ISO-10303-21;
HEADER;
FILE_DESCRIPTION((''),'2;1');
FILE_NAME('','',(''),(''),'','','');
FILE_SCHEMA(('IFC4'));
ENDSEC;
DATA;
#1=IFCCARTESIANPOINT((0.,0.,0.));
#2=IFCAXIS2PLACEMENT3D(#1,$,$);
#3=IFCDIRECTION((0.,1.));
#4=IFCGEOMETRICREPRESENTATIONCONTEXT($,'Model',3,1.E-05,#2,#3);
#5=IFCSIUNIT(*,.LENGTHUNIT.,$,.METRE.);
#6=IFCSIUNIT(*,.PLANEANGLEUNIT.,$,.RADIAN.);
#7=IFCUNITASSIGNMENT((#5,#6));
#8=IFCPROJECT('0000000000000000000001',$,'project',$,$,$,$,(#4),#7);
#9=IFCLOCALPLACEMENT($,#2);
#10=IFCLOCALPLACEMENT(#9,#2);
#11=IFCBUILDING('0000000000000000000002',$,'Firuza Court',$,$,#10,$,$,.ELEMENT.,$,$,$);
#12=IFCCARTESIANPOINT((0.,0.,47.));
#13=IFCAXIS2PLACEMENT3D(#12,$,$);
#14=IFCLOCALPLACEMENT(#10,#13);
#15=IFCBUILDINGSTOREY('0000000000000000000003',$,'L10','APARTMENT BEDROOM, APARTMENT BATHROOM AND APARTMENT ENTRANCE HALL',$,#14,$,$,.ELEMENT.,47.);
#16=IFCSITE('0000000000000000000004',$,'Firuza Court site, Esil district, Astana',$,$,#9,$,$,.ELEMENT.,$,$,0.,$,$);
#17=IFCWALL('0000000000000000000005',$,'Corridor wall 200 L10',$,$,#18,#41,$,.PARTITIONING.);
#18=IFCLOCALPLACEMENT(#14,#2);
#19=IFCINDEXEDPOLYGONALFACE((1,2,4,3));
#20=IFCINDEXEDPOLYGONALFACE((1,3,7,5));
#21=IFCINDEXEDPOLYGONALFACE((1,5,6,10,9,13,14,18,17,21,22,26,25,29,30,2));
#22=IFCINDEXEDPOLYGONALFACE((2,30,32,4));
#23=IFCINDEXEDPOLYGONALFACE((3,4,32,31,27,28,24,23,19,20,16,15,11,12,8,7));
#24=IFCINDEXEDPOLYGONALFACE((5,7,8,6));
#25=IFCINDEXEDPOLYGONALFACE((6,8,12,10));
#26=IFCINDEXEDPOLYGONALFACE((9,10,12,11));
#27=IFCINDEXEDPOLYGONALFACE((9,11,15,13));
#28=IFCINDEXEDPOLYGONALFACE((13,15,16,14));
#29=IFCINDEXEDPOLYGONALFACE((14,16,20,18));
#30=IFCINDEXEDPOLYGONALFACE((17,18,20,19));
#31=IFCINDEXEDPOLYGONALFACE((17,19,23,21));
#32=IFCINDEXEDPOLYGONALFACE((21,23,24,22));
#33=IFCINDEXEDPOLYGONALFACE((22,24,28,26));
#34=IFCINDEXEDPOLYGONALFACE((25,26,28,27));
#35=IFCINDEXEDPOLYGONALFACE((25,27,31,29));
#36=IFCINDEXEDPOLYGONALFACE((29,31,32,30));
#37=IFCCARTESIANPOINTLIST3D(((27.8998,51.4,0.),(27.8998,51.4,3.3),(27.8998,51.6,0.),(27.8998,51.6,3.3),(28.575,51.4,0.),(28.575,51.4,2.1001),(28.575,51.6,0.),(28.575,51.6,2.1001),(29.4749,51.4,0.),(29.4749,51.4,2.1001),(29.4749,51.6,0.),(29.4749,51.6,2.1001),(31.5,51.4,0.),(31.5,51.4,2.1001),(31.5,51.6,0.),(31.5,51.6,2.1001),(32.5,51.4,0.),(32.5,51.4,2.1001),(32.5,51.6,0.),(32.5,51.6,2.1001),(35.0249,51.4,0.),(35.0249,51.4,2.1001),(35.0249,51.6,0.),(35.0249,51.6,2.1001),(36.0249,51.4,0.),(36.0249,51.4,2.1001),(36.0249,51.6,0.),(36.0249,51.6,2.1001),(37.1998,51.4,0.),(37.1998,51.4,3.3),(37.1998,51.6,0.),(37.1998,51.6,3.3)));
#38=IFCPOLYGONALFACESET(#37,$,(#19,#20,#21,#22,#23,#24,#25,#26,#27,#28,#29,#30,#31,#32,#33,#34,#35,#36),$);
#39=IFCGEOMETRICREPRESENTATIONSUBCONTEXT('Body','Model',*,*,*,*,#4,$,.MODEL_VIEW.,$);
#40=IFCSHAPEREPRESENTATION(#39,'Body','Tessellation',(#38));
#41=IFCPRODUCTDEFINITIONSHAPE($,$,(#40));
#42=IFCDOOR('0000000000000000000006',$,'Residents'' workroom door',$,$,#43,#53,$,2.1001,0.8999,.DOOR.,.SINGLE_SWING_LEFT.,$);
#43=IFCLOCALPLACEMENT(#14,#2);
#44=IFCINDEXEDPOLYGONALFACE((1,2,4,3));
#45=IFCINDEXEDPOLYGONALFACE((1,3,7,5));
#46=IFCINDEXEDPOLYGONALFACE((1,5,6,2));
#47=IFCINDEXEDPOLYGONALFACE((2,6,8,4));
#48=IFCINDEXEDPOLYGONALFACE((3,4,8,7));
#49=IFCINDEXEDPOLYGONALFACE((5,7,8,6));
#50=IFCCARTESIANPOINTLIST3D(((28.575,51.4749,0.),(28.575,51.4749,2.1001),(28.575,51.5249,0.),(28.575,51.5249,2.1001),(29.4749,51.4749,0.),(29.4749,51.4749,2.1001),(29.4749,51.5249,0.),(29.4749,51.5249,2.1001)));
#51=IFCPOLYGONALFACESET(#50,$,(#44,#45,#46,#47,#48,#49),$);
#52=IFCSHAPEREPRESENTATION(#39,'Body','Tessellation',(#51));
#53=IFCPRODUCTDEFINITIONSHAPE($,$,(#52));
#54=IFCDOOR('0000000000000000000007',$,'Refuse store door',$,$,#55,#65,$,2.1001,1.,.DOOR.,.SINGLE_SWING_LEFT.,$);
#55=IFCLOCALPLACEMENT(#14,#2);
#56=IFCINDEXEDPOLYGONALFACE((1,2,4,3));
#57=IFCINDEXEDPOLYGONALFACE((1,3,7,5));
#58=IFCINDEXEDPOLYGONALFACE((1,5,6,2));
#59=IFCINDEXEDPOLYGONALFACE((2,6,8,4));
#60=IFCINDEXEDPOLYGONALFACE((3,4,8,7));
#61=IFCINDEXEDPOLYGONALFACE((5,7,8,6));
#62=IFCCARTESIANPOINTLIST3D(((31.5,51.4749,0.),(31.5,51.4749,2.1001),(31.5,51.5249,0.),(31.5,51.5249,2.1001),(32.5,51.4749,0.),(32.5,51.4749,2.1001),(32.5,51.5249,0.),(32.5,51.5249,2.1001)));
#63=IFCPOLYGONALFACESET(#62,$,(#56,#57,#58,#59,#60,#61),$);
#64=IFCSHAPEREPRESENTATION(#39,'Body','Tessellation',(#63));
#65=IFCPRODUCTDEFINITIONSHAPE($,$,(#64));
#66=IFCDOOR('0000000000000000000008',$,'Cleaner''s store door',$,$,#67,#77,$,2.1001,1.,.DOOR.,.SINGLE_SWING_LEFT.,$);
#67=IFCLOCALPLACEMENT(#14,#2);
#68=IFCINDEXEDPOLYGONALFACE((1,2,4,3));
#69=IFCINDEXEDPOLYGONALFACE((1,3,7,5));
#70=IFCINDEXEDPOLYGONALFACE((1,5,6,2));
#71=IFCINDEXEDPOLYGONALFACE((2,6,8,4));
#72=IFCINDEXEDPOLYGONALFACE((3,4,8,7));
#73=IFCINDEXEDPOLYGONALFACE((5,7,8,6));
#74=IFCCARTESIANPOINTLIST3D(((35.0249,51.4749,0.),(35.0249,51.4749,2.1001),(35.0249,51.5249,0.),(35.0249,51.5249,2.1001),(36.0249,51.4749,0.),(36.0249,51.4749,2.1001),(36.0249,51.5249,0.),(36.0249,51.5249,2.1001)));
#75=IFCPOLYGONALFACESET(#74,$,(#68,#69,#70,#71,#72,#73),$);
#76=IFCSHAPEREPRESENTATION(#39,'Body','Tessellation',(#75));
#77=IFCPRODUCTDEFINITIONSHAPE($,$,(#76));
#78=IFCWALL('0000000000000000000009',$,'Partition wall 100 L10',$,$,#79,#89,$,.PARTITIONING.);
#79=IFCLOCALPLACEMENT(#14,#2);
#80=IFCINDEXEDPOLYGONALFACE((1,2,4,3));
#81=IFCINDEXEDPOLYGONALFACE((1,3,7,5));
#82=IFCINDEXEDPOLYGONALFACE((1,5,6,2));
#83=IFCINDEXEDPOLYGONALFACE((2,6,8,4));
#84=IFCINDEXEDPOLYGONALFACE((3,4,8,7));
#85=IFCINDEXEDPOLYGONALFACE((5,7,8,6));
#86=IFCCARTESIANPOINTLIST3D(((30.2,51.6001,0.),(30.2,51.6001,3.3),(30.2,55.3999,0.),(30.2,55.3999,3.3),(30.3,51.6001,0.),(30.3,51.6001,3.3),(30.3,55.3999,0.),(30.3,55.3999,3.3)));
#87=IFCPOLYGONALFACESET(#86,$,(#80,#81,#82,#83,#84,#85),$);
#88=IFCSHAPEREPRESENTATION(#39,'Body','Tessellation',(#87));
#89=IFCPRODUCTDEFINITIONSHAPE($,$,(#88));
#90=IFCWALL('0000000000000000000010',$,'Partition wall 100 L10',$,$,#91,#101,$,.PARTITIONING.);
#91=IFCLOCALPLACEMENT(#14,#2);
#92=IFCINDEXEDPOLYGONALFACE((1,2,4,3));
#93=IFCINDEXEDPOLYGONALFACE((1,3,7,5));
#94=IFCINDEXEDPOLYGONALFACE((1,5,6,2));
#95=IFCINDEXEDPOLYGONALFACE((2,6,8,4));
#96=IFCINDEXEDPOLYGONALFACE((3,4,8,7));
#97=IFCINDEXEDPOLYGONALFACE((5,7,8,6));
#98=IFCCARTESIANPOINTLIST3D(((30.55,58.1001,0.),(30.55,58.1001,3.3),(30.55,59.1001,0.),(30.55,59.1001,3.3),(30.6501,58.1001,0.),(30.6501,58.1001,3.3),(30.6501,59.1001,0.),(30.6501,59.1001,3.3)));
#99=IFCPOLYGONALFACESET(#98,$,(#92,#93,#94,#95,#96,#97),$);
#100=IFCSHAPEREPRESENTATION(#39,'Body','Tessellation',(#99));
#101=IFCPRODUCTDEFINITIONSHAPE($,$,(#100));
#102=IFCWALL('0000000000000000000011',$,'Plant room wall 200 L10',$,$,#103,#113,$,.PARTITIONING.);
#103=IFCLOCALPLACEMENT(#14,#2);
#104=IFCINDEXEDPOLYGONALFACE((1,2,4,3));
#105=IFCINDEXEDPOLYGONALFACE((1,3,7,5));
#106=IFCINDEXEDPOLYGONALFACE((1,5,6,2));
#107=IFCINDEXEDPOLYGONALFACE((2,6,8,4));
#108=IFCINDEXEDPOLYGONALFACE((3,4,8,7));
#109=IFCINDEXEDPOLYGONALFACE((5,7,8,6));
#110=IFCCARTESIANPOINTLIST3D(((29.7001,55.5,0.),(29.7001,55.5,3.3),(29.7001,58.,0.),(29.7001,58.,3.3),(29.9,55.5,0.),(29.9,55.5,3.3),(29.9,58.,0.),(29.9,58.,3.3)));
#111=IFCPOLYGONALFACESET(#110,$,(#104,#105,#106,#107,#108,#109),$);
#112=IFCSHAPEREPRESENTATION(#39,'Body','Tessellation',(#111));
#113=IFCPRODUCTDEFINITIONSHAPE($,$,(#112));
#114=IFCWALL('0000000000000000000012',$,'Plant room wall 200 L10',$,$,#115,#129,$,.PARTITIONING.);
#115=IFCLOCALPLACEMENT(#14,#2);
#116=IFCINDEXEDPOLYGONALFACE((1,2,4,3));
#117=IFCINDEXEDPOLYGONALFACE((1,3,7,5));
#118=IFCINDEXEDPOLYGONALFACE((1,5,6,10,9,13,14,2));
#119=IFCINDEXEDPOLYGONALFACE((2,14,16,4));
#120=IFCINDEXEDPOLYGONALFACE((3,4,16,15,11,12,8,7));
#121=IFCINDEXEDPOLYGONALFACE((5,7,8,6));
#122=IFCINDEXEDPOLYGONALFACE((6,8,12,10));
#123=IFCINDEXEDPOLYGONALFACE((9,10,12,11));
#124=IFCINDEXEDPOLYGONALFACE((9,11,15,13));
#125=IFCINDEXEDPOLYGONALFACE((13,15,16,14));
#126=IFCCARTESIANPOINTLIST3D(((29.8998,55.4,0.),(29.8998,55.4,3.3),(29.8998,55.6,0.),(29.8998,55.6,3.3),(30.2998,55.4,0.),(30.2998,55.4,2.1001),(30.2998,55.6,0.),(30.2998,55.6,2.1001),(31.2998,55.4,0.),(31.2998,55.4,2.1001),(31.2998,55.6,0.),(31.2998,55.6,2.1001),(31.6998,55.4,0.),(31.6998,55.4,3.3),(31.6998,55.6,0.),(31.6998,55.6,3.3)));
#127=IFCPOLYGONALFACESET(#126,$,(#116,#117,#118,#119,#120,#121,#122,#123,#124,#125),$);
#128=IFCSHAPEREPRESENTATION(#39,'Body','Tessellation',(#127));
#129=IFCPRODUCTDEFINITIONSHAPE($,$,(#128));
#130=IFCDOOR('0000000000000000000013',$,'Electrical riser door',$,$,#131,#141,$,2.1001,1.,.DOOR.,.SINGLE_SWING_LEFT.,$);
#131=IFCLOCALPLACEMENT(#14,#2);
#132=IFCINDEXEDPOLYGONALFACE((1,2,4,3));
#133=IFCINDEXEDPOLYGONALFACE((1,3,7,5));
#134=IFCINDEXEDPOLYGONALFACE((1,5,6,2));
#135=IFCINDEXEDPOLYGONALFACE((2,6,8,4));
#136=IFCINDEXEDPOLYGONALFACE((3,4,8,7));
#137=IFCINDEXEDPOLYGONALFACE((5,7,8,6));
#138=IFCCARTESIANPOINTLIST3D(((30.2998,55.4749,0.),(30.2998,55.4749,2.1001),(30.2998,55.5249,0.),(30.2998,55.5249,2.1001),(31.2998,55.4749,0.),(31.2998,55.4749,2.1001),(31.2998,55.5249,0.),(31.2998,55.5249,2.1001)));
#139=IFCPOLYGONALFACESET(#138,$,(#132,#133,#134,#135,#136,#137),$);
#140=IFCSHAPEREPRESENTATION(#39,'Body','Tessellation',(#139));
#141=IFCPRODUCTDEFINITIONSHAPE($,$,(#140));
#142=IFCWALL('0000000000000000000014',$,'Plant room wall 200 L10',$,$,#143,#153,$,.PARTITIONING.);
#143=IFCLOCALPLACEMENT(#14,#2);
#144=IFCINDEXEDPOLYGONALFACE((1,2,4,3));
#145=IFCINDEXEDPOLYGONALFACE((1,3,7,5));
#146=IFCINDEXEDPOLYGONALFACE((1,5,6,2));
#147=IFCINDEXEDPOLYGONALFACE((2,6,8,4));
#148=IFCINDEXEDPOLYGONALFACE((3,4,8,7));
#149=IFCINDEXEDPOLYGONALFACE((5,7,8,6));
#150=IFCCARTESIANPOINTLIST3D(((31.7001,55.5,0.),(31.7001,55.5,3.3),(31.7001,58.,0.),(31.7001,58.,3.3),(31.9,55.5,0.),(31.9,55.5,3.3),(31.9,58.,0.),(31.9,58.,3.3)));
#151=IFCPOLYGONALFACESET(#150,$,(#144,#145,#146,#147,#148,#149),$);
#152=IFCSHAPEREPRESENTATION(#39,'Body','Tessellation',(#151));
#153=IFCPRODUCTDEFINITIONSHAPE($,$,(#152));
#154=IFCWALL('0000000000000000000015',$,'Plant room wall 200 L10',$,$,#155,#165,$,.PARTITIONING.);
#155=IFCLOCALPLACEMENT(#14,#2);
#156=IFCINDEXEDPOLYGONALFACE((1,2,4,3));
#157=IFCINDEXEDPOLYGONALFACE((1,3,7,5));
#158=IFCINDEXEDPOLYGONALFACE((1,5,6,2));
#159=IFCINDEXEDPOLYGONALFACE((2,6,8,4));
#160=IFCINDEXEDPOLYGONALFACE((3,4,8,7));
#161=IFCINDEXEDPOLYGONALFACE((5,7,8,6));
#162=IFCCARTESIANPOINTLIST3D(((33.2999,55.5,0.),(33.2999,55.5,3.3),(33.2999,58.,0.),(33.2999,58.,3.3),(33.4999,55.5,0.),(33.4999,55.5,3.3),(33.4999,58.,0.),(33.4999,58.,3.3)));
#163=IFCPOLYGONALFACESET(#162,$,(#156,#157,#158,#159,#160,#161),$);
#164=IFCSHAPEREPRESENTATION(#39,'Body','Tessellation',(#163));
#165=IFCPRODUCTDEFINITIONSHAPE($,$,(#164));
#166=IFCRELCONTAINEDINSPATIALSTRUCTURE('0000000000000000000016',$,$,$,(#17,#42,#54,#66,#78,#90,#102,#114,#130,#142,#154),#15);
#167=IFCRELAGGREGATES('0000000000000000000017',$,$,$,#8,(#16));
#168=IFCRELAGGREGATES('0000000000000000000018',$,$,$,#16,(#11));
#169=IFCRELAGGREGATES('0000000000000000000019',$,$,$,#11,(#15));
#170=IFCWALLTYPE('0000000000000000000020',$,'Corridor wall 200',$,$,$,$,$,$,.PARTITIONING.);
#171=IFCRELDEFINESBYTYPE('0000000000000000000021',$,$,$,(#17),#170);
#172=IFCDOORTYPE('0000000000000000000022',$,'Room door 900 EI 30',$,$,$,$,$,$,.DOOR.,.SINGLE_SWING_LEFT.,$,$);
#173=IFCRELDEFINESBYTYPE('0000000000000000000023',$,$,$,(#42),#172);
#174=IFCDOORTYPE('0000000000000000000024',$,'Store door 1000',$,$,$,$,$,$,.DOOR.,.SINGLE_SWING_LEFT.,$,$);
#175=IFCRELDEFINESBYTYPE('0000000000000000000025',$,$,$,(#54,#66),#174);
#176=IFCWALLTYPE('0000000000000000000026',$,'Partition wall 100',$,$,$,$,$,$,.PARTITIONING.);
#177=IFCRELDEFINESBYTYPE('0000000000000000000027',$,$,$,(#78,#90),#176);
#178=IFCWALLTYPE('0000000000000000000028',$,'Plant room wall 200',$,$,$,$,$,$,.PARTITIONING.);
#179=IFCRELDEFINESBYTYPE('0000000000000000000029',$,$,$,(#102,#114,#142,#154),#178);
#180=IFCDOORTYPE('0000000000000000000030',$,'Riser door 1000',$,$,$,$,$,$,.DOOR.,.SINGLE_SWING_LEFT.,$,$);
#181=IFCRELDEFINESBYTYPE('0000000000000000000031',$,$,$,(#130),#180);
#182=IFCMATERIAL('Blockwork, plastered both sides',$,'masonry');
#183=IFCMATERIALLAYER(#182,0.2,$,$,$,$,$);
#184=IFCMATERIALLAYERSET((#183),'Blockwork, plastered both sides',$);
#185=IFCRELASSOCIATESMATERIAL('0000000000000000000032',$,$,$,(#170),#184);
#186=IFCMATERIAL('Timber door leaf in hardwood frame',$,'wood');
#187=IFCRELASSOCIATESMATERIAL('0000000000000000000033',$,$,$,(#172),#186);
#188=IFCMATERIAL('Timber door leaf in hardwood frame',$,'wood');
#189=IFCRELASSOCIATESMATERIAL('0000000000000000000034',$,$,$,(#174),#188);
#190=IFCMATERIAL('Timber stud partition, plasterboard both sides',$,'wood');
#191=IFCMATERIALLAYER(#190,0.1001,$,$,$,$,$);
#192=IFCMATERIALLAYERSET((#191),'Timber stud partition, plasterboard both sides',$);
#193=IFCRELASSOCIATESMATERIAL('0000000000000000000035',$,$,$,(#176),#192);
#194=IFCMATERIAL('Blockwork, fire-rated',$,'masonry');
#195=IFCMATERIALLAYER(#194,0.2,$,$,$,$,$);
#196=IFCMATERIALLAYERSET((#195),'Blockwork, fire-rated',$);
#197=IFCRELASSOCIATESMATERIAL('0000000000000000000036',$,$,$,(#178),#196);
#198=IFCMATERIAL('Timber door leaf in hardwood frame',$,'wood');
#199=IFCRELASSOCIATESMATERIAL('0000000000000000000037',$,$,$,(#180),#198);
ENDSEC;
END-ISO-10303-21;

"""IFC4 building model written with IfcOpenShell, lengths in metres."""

from ifc_helpers import new_model, si_unit, direction, frame, frame_2d, origin, place, context, subcontext, project, spatial, rectangle, extrude, material, layer, layer_set, type_object, element, fill, save


model = new_model("IFC4")

# Units and contexts
model_context = context("Model", 3, precision=1e-05, world=origin(), true_north=direction((0.0, 1.0)))
body_context = subcontext(model_context, "Body", "Model", "MODEL_VIEW")
ifc_project = project(units=[si_unit("LENGTHUNIT", "METRE"), si_unit("PLANEANGLEUNIT", "RADIAN")], contexts=[model_context])

# Site, building, storey
site_placement = place(None, origin())
site = spatial("IfcSite", under=ifc_project, at=site_placement, Name="Firuza Court site, Esil district, Astana", CompositionType="ELEMENT", RefElevation=0.0)
building_placement = place(site_placement, origin())
building = spatial("IfcBuilding", under=site, at=building_placement, Name="Firuza Court", CompositionType="ELEMENT")
storey_placement = place(building_placement, frame((0.0, 0.0, 47.0)))
storey = spatial("IfcBuildingStorey", under=building, at=storey_placement, Name="L10", Description="APARTMENT BEDROOM, APARTMENT BATHROOM AND APARTMENT ENTRANCE HALL", CompositionType="ELEMENT", Elevation=47.0)

# Wall, openings, doors
ifc_material_1 = material(Name="Blockwork, plastered both sides", Category="masonry")
ifc_layer_1 = layer(ifc_material_1, 0.2)
ifc_layer_set_1 = layer_set([ifc_layer_1], Name="Blockwork, plastered both sides")
wall_type_1 = type_object("IfcWallType", Name="Corridor wall 200", PredefinedType="PARTITIONING", material=ifc_layer_set_1)
wall_1_placement = place(storey_placement, frame((27.8999, 51.5, 0.0), z_axis=(0.0, 0.0, 1.0), x_axis=(1.0, 0.0, 0.0)))
wall_1 = element("IfcWall", 1, at=wall_1_placement, inside=storey, type_object=wall_type_1, Name="Corridor wall 200 L10", PredefinedType="PARTITIONING", context=body_context, shape_type="SweptSolid", body=[
    extrude(rectangle(XDim=9.3, YDim=0.2, at=frame_2d((4.6499, 0.0))), origin(), (0.0, 0.0, 1.0), 3.3),
])
opening_1_placement = place(wall_1_placement, frame((0.675, 0.0, 0.0)))
opening_1 = element("IfcOpeningElement", 2, at=opening_1_placement, cuts=wall_1, PredefinedType="OPENING", context=body_context, shape_type="SweptSolid", body=[
    extrude(rectangle(XDim=0.8999, YDim=2.1001, at=frame_2d((0.45, 1.05))), frame((0.0, 0.1118, 0.0), z_axis=(0.0, -1.0, 0.0), x_axis=(1.0, 0.0, 0.0)), (0.0, 0.0, 1.0), 0.2239),
])
opening_2_placement = place(wall_1_placement, frame((3.6001, 0.0, 0.0)))
opening_2 = element("IfcOpeningElement", 3, at=opening_2_placement, cuts=wall_1, PredefinedType="OPENING", context=body_context, shape_type="SweptSolid", body=[
    extrude(rectangle(XDim=1.0, YDim=2.1001, at=frame_2d((0.5, 1.05))), frame((0.0, 0.1118, 0.0), z_axis=(0.0, -1.0, 0.0), x_axis=(1.0, 0.0, 0.0)), (0.0, 0.0, 1.0), 0.2239),
])
opening_3_placement = place(wall_1_placement, frame((7.125, 0.0, 0.0)))
opening_3 = element("IfcOpeningElement", 4, at=opening_3_placement, cuts=wall_1, PredefinedType="OPENING", context=body_context, shape_type="SweptSolid", body=[
    extrude(rectangle(XDim=1.0, YDim=2.1001, at=frame_2d((0.5, 1.05))), frame((0.0, 0.1118, 0.0), z_axis=(0.0, -1.0, 0.0), x_axis=(1.0, 0.0, 0.0)), (0.0, 0.0, 1.0), 0.2239),
])
ifc_material_2 = material(Name="Timber door leaf in hardwood frame", Category="wood")
door_type_1 = type_object("IfcDoorType", Name="Room door 900 EI 30", OperationType="SINGLE_SWING_LEFT", PredefinedType="DOOR", material=ifc_material_2)
door_1_placement = place(opening_1_placement, origin())
door_1 = element("IfcDoor", 5, at=door_1_placement, inside=storey, type_object=door_type_1, Name="Residents' workroom door", OperationType="SINGLE_SWING_LEFT", OverallHeight=2.1001, OverallWidth=0.8999, PredefinedType="DOOR", context=body_context, shape_type="SweptSolid", body=[
    extrude(rectangle(XDim=0.8999, YDim=2.1001, at=frame_2d((0.45, 1.05))), frame((0.0, 0.0249, 0.0), z_axis=(0.0, -1.0, 0.0), x_axis=(1.0, 0.0, 0.0)), (0.0, 0.0, 1.0), 0.05),
])
fill(opening_1, door_1)
ifc_material_3 = material(Name="Timber door leaf in hardwood frame", Category="wood")
door_type_2 = type_object("IfcDoorType", Name="Store door 1000", OperationType="SINGLE_SWING_LEFT", PredefinedType="DOOR", material=ifc_material_3)
door_2_placement = place(opening_2_placement, origin())
door_2 = element("IfcDoor", 6, at=door_2_placement, inside=storey, type_object=door_type_2, Name="Refuse store door", OperationType="SINGLE_SWING_LEFT", OverallHeight=2.1001, OverallWidth=1.0, PredefinedType="DOOR", context=body_context, shape_type="SweptSolid", body=[
    extrude(rectangle(XDim=1.0, YDim=2.1001, at=frame_2d((0.5, 1.05))), frame((0.0, 0.0249, 0.0), z_axis=(0.0, -1.0, 0.0), x_axis=(1.0, 0.0, 0.0)), (0.0, 0.0, 1.0), 0.05),
])
fill(opening_2, door_2)
door_3_placement = place(opening_3_placement, origin())
door_3 = element("IfcDoor", 7, at=door_3_placement, inside=storey, type_object=door_type_2, Name="Cleaner's store door", OperationType="SINGLE_SWING_LEFT", OverallHeight=2.1001, OverallWidth=1.0, PredefinedType="DOOR", context=body_context, shape_type="SweptSolid", body=[
    extrude(rectangle(XDim=1.0, YDim=2.1001, at=frame_2d((0.5, 1.05))), frame((0.0, 0.0249, 0.0), z_axis=(0.0, -1.0, 0.0), x_axis=(1.0, 0.0, 0.0)), (0.0, 0.0, 1.0), 0.05),
])
fill(opening_3, door_3)

# Walls
ifc_material_4 = material(Name="Timber stud partition, plasterboard both sides", Category="wood")
ifc_layer_2 = layer(ifc_material_4, 0.1001)
ifc_layer_set_2 = layer_set([ifc_layer_2], Name="Timber stud partition, plasterboard both sides")
wall_type_2 = type_object("IfcWallType", Name="Partition wall 100", PredefinedType="PARTITIONING", material=ifc_layer_set_2)
wall_2_placement = place(storey_placement, frame((30.25, 51.6001, 0.0), z_axis=(0.0, 0.0, 1.0), x_axis=(0.0, 1.0, 0.0)))
element("IfcWall", 8, at=wall_2_placement, inside=storey, type_object=wall_type_2, Name="Partition wall 100 L10", PredefinedType="PARTITIONING", context=body_context, shape_type="SweptSolid", body=[
    extrude(rectangle(XDim=3.7998, YDim=0.1001, at=frame_2d((1.8999, 0.0))), origin(), (0.0, 0.0, 1.0), 3.3),
])
wall_3_placement = place(storey_placement, frame((30.6001, 58.1001, 0.0), z_axis=(0.0, 0.0, 1.0), x_axis=(0.0, 1.0, 0.0)))
element("IfcWall", 9, at=wall_3_placement, inside=storey, type_object=wall_type_2, Name="Partition wall 100 L10", PredefinedType="PARTITIONING", context=body_context, shape_type="SweptSolid", body=[
    extrude(rectangle(XDim=1.0, YDim=0.1001, at=frame_2d((0.5, 0.0))), origin(), (0.0, 0.0, 1.0), 3.3),
])
ifc_material_5 = material(Name="Blockwork, fire-rated", Category="masonry")
ifc_layer_3 = layer(ifc_material_5, 0.2)
ifc_layer_set_3 = layer_set([ifc_layer_3], Name="Blockwork, fire-rated")
wall_type_3 = type_object("IfcWallType", Name="Plant room wall 200", PredefinedType="PARTITIONING", material=ifc_layer_set_3)
wall_4_placement = place(storey_placement, frame((29.8, 55.5, 0.0), z_axis=(0.0, 0.0, 1.0), x_axis=(0.0, 1.0, 0.0)))
element("IfcWall", 10, at=wall_4_placement, inside=storey, type_object=wall_type_3, Name="Plant room wall 200 L10", PredefinedType="PARTITIONING", context=body_context, shape_type="SweptSolid", body=[
    extrude(rectangle(XDim=2.5, YDim=0.2, at=frame_2d((1.25, 0.0))), origin(), (0.0, 0.0, 1.0), 3.3),
])

# Wall, opening, door
wall_5_placement = place(storey_placement, frame((29.8999, 55.5, 0.0), z_axis=(0.0, 0.0, 1.0), x_axis=(1.0, 0.0, 0.0)))
wall_5 = element("IfcWall", 11, at=wall_5_placement, inside=storey, type_object=wall_type_3, Name="Plant room wall 200 L10", PredefinedType="PARTITIONING", context=body_context, shape_type="SweptSolid", body=[
    extrude(rectangle(XDim=1.8, YDim=0.2, at=frame_2d((0.8999, 0.0))), origin(), (0.0, 0.0, 1.0), 3.3),
])
opening_4_placement = place(wall_5_placement, frame((0.3999, 0.0, 0.0)))
opening_4 = element("IfcOpeningElement", 12, at=opening_4_placement, cuts=wall_5, PredefinedType="OPENING", context=body_context, shape_type="SweptSolid", body=[
    extrude(rectangle(XDim=1.0, YDim=2.1001, at=frame_2d((0.5, 1.05))), frame((0.0, 0.1118, 0.0), z_axis=(0.0, -1.0, 0.0), x_axis=(1.0, 0.0, 0.0)), (0.0, 0.0, 1.0), 0.2239),
])
ifc_material_6 = material(Name="Timber door leaf in hardwood frame", Category="wood")
door_type_3 = type_object("IfcDoorType", Name="Riser door 1000", OperationType="SINGLE_SWING_LEFT", PredefinedType="DOOR", material=ifc_material_6)
door_4_placement = place(opening_4_placement, origin())
door_4 = element("IfcDoor", 13, at=door_4_placement, inside=storey, type_object=door_type_3, Name="Electrical riser door", OperationType="SINGLE_SWING_LEFT", OverallHeight=2.1001, OverallWidth=1.0, PredefinedType="DOOR", context=body_context, shape_type="SweptSolid", body=[
    extrude(rectangle(XDim=1.0, YDim=2.1001, at=frame_2d((0.5, 1.05))), frame((0.0, 0.0249, 0.0), z_axis=(0.0, -1.0, 0.0), x_axis=(1.0, 0.0, 0.0)), (0.0, 0.0, 1.0), 0.05),
])
fill(opening_4, door_4)

# Walls
for number, where, z_axis, x_axis, name in (
    (14, (31.8, 55.5, 0.0), (0.0, 0.0, 1.0), (0.0, 1.0, 0.0), "Plant room wall 200 L10"),
    (15, (33.3999, 55.5, 0.0), (0.0, 0.0, 1.0), (0.0, 1.0, 0.0), "Plant room wall 200 L10"),
):
    element("IfcWall", number, at=place(storey_placement, frame(where, z_axis=z_axis, x_axis=x_axis)), inside=storey, type_object=wall_type_3, Name=name, PredefinedType="PARTITIONING", context=body_context, shape_type="SweptSolid", body=[
        extrude(rectangle(XDim=2.5, YDim=0.2, at=frame_2d((1.25, 0.0))), origin(), (0.0, 0.0, 1.0), 3.3),
    ])

save(model, "model.ifc")
